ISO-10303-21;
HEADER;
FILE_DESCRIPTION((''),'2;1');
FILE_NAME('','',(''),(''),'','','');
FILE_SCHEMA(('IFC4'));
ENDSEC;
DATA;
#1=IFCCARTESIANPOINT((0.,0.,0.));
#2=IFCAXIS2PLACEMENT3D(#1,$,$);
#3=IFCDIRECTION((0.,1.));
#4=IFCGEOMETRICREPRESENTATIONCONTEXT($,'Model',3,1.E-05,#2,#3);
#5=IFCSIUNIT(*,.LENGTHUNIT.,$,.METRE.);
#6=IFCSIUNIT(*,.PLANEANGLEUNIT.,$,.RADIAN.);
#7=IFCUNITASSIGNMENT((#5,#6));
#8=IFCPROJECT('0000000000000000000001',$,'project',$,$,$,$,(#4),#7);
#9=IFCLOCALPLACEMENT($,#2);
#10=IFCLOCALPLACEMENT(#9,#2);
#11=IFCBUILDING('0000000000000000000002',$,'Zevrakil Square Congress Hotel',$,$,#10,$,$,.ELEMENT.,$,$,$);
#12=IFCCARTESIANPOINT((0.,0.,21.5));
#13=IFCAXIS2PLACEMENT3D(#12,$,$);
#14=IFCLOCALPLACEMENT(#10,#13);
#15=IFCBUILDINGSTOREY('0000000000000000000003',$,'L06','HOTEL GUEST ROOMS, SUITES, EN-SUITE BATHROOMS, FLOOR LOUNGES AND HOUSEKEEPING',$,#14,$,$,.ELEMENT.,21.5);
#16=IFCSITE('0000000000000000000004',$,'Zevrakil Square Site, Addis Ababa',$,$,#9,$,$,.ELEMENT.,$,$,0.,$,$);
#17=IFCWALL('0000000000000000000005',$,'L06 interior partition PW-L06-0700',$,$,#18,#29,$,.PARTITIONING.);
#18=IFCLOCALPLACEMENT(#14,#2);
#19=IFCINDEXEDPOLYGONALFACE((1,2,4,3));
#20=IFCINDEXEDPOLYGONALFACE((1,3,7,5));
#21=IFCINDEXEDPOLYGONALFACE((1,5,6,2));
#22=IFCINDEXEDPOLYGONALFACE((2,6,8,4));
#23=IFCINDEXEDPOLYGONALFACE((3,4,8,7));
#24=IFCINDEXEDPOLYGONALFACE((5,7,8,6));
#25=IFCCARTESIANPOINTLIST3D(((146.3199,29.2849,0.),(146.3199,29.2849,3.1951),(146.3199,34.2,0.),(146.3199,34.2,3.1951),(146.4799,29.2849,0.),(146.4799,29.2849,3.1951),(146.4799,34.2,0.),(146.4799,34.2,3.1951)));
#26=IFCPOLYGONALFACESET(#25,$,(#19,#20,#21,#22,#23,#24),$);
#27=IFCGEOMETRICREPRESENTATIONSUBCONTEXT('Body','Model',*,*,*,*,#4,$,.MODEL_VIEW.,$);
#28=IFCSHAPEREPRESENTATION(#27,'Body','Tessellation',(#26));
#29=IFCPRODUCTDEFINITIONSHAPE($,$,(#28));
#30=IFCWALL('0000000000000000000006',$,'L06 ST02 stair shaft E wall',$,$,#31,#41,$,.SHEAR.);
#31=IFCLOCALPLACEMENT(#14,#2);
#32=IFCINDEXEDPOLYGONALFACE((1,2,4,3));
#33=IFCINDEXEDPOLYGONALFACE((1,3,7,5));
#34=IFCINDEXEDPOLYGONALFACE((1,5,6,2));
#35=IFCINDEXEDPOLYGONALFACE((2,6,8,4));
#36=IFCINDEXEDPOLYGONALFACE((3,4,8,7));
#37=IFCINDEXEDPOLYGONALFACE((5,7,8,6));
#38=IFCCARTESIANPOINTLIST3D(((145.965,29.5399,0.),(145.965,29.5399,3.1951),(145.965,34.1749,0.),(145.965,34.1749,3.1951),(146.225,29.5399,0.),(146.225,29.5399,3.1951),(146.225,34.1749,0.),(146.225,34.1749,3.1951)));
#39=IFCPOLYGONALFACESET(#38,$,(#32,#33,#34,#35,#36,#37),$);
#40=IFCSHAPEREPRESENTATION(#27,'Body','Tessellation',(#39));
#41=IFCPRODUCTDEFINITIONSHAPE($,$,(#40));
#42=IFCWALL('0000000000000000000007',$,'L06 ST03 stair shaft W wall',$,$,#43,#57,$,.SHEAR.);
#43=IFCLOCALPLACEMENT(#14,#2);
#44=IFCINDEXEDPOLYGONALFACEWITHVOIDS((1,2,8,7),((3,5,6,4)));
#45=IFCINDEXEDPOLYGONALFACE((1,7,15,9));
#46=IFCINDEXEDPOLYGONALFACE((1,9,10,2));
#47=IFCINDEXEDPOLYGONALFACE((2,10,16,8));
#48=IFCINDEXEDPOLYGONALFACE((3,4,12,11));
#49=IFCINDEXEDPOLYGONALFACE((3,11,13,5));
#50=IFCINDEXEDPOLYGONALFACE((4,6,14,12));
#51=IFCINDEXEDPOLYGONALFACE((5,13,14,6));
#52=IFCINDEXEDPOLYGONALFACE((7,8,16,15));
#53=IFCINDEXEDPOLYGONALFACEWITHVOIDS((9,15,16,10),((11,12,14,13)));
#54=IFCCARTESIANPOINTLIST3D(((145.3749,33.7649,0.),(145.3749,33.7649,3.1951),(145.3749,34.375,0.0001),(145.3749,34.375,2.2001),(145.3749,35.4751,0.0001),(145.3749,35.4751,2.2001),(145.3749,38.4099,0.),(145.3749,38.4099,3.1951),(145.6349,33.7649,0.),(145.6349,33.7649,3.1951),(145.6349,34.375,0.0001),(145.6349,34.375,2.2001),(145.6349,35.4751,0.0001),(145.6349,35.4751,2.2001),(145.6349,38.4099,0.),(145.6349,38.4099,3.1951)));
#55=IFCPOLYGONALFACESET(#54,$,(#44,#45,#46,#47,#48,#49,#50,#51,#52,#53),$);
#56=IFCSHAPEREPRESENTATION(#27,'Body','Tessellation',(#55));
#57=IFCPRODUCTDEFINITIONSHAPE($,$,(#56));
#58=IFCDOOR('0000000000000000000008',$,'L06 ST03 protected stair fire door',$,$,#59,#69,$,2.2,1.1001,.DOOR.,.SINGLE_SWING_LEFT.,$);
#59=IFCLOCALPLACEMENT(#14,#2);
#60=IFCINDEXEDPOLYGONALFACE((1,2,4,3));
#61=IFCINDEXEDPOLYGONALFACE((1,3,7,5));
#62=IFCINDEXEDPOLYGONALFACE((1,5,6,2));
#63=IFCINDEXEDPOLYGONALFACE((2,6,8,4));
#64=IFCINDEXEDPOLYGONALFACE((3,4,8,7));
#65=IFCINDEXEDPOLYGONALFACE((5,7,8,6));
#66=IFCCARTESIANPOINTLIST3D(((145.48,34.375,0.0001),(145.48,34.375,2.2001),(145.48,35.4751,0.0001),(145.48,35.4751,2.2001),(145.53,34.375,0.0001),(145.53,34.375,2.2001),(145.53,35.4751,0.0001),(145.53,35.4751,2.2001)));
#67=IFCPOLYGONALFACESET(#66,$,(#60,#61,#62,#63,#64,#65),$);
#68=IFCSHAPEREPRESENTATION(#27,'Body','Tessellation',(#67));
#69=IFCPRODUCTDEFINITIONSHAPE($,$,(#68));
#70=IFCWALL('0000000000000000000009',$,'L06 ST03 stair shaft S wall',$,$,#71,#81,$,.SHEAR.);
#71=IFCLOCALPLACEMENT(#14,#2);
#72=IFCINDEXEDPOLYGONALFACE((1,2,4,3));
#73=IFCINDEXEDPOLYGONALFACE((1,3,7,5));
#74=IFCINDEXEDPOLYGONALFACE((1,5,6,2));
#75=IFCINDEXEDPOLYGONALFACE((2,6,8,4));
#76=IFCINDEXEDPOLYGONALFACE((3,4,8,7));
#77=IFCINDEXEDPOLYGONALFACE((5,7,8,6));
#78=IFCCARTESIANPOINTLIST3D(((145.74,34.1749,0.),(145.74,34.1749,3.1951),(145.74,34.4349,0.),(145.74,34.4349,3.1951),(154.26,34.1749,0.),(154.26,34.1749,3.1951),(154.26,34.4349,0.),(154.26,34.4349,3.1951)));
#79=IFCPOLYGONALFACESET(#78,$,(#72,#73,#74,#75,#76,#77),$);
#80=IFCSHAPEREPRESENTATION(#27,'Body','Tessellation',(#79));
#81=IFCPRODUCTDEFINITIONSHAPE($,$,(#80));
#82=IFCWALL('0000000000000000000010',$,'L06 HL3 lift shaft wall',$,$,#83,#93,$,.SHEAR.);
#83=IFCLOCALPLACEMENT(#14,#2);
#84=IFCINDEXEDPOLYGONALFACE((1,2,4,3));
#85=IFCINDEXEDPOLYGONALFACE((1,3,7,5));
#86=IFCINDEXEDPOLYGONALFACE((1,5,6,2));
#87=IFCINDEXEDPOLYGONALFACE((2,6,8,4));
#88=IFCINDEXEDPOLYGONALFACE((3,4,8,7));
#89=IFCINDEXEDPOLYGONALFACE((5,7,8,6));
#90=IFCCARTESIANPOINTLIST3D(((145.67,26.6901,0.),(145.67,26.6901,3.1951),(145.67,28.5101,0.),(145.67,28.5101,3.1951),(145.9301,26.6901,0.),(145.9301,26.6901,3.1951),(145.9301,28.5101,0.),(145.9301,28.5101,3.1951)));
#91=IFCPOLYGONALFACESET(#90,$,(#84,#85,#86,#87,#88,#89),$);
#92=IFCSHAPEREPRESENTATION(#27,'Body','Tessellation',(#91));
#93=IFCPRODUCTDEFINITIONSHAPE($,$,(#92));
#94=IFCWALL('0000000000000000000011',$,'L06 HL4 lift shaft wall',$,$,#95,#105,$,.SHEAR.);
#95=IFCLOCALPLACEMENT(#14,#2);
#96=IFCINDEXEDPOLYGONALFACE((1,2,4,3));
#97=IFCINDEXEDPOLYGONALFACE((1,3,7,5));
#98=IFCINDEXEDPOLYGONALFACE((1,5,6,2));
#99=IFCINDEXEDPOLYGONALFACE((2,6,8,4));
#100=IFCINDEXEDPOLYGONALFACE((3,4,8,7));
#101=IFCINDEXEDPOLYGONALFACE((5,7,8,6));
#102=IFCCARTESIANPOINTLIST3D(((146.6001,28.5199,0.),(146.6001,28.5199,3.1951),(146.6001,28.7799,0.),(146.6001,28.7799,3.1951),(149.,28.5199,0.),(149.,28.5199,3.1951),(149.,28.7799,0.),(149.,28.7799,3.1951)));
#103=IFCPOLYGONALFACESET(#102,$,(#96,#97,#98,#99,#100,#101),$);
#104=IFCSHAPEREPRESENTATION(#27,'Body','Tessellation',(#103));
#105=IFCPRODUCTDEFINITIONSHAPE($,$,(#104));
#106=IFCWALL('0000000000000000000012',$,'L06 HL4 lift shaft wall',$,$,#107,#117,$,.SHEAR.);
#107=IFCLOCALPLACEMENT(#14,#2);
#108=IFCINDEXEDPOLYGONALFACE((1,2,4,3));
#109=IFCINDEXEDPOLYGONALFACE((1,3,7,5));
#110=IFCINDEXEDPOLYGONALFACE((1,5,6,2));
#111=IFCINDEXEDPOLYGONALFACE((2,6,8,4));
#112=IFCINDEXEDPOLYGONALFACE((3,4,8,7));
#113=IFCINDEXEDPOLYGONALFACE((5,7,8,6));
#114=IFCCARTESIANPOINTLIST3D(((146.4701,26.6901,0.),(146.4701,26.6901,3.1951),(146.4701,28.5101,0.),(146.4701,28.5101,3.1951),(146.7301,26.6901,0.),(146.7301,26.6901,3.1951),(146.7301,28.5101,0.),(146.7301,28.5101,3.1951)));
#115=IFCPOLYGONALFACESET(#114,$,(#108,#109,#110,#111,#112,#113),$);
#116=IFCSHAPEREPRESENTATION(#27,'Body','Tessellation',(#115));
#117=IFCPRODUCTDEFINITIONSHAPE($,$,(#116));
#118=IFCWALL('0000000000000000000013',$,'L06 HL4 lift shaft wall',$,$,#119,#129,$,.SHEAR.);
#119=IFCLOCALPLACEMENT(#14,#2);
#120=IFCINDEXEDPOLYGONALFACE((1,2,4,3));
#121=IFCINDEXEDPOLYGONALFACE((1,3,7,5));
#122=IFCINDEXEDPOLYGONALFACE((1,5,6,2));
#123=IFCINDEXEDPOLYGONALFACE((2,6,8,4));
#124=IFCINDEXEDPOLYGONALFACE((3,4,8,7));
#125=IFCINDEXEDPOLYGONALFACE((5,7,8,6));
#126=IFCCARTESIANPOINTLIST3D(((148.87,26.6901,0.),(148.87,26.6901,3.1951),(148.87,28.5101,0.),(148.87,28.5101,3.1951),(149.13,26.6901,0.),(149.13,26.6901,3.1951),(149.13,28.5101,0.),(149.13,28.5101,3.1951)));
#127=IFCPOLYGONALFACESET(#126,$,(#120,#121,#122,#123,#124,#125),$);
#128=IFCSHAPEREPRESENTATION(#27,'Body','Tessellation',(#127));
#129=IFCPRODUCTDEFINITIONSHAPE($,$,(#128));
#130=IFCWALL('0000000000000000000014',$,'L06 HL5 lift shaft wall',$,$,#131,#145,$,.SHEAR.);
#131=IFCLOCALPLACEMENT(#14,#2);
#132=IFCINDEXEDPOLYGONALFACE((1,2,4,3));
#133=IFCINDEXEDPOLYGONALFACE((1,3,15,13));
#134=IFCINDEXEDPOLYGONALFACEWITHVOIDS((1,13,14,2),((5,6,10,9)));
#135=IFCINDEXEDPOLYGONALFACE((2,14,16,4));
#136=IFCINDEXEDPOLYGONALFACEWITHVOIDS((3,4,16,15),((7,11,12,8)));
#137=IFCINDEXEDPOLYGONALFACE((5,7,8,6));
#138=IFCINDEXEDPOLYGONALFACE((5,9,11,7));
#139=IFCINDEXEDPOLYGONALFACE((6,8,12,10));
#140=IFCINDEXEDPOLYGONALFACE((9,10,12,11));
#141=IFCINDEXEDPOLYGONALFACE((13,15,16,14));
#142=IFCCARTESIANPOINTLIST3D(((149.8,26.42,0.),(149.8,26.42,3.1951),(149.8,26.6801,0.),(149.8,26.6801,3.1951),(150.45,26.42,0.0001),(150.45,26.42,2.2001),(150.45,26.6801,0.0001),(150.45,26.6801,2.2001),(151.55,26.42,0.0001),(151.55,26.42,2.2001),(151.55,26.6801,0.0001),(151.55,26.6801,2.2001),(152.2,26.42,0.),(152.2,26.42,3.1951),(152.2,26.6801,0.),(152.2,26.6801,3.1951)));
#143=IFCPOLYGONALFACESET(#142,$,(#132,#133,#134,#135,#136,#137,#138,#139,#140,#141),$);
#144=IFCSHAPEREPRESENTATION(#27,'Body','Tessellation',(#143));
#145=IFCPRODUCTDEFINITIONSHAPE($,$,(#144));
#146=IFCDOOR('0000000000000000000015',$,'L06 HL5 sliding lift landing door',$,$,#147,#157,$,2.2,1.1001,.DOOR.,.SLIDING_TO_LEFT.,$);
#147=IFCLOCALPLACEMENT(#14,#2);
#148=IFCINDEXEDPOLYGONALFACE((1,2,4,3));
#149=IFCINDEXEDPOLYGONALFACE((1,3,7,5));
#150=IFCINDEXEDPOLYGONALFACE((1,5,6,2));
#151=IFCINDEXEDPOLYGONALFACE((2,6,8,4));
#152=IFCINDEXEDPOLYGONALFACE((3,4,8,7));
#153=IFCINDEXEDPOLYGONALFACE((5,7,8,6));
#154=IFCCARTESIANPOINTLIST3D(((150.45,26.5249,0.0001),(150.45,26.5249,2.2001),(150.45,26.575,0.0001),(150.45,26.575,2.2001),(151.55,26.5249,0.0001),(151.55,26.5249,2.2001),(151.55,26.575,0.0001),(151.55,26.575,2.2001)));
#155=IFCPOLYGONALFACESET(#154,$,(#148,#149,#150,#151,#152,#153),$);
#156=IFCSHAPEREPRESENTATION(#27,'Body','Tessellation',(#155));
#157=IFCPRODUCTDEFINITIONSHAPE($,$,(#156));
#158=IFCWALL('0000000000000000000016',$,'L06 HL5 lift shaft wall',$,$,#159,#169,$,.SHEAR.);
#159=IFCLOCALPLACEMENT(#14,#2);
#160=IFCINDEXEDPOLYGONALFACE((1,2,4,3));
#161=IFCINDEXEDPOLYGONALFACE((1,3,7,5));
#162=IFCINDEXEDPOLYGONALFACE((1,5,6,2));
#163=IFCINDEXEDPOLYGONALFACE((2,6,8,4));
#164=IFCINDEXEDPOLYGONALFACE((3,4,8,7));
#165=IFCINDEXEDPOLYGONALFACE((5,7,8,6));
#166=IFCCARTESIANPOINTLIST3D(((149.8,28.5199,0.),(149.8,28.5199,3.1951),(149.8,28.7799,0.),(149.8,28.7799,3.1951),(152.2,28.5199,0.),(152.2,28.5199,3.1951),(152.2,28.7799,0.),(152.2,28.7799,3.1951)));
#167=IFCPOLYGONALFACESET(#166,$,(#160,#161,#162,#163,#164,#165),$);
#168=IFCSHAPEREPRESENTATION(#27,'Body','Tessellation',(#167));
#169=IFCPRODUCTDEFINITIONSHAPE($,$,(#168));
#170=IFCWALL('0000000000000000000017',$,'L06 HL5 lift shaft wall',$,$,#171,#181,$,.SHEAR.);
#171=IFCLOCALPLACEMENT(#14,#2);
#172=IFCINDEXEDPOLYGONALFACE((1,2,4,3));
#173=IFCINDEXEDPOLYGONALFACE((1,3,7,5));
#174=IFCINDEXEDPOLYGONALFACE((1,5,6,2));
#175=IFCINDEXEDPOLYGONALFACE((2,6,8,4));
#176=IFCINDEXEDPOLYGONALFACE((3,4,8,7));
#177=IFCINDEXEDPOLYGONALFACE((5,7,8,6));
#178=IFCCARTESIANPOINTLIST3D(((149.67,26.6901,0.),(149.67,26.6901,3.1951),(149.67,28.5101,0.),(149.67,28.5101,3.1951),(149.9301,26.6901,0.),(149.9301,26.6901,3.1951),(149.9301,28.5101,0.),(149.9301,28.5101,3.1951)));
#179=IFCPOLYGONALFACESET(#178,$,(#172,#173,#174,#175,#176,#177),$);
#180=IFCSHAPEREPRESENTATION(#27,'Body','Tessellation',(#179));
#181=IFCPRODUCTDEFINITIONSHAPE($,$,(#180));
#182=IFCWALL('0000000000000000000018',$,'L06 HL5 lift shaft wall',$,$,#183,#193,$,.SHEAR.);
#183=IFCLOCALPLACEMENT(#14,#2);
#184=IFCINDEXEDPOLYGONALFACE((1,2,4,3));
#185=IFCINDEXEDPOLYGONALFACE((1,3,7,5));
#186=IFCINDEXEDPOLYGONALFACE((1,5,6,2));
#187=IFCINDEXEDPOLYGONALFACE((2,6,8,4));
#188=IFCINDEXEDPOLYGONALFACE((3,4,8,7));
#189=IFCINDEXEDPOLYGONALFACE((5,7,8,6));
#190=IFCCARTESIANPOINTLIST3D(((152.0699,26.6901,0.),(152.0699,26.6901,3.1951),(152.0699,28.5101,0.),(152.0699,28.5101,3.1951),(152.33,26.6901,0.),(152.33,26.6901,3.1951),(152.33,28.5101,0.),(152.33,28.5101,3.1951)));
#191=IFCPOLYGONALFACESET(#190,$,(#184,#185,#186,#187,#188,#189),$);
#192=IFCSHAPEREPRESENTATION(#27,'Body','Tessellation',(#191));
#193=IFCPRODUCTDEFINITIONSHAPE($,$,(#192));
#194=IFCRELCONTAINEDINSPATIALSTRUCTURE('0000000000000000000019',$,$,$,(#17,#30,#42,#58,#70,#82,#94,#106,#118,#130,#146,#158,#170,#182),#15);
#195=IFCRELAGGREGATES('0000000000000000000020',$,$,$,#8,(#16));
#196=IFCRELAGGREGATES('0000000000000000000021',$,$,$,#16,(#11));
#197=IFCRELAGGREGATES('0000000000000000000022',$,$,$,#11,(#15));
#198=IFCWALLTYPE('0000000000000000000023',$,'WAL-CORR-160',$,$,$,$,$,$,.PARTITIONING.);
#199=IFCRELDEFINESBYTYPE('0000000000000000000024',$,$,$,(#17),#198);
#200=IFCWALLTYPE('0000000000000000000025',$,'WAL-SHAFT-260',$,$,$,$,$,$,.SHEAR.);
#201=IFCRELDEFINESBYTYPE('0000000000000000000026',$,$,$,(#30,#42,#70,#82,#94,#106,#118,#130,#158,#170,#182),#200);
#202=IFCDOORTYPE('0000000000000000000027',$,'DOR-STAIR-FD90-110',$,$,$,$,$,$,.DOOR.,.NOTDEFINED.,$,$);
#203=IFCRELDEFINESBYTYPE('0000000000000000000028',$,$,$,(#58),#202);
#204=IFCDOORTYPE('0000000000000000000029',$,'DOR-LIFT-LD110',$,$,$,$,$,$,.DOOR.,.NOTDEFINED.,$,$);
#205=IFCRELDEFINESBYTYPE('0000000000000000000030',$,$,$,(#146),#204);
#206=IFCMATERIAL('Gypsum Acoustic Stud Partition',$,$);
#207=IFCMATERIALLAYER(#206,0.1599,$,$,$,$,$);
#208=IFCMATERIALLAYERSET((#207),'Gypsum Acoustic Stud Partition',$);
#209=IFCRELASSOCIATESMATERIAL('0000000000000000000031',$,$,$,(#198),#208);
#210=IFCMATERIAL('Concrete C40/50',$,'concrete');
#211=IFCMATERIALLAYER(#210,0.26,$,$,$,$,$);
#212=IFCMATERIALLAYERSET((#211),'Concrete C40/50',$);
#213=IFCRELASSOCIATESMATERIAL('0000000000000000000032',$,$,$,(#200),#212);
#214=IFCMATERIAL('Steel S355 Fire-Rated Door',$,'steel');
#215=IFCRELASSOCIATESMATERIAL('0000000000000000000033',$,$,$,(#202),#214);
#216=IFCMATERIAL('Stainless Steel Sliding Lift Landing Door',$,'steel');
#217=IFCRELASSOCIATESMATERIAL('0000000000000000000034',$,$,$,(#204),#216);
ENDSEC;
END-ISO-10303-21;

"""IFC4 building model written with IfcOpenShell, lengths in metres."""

from ifc_helpers import new_model, si_unit, direction, frame, frame_2d, origin, place, context, subcontext, project, spatial, rectangle, extrude, material, layer, layer_set, type_object, element, fill, save


model = new_model("IFC4")

# Units and contexts
model_context = context("Model", 3, precision=1e-05, world=origin(), true_north=direction((0.0, 1.0)))
body_context = subcontext(model_context, "Body", "Model", "MODEL_VIEW")
ifc_project = project(units=[si_unit("LENGTHUNIT", "METRE"), si_unit("PLANEANGLEUNIT", "RADIAN")], contexts=[model_context])

# Site, building, storey
site_placement = place(None, origin())
site = spatial("IfcSite", under=ifc_project, at=site_placement, Name="Zevrakil Square Site, Addis Ababa", CompositionType="ELEMENT", RefElevation=0.0)
building_placement = place(site_placement, origin())
building = spatial("IfcBuilding", under=site, at=building_placement, Name="Zevrakil Square Congress Hotel", CompositionType="ELEMENT")
storey_placement = place(building_placement, frame((0.0, 0.0, 21.5)))
storey = spatial("IfcBuildingStorey", under=building, at=storey_placement, Name="L06", Description="HOTEL GUEST ROOMS, SUITES, EN-SUITE BATHROOMS, FLOOR LOUNGES AND HOUSEKEEPING", CompositionType="ELEMENT", Elevation=21.5)

# Walls
ifc_material_1 = material(Name="Gypsum Acoustic Stud Partition")
ifc_layer_1 = layer(ifc_material_1, 0.1599)
ifc_layer_set_1 = layer_set([ifc_layer_1], Name="Gypsum Acoustic Stud Partition")
wall_type_1 = type_object("IfcWallType", Name="WAL-CORR-160", PredefinedType="PARTITIONING", material=ifc_layer_set_1)
wall_1_placement = place(storey_placement, frame((146.3999, 29.2849, 0.0), z_axis=(0.0, 0.0, 1.0), x_axis=(0.0, 1.0, 0.0)))
element("IfcWall", 1, at=wall_1_placement, inside=storey, type_object=wall_type_1, Name="L06 interior partition PW-L06-0700", PredefinedType="PARTITIONING", context=body_context, shape_type="SweptSolid", body=[
    extrude(rectangle(XDim=4.915, YDim=0.1599, at=frame_2d((2.4575, 0.0))), origin(), (0.0, 0.0, 1.0), 3.1951),
])
ifc_material_2 = material(Name="Concrete C40/50", Category="concrete")
ifc_layer_2 = layer(ifc_material_2, 0.26)
ifc_layer_set_2 = layer_set([ifc_layer_2], Name="Concrete C40/50")
wall_type_2 = type_object("IfcWallType", Name="WAL-SHAFT-260", PredefinedType="SHEAR", material=ifc_layer_set_2)
wall_2_placement = place(storey_placement, frame((146.095, 29.54, 0.0), z_axis=(0.0, 0.0, 1.0), x_axis=(0.0, 1.0, 0.0)))
element("IfcWall", 2, at=wall_2_placement, inside=storey, type_object=wall_type_2, Name="L06 ST02 stair shaft E wall", PredefinedType="SHEAR", context=body_context, shape_type="SweptSolid", body=[
    extrude(rectangle(XDim=4.635, YDim=0.26, at=frame_2d((2.3174, 0.0))), origin(), (0.0, 0.0, 1.0), 3.1951),
])

# Wall, opening, door
wall_3_placement = place(storey_placement, frame((145.5049, 33.7649, 0.0), z_axis=(0.0, 0.0, 1.0), x_axis=(0.0, 1.0, 0.0)))
wall_3 = element("IfcWall", 3, at=wall_3_placement, inside=storey, type_object=wall_type_2, Name="L06 ST03 stair shaft W wall", PredefinedType="SHEAR", context=body_context, shape_type="SweptSolid", body=[
    extrude(rectangle(XDim=4.645, YDim=0.26, at=frame_2d((2.3225, 0.0))), origin(), (0.0, 0.0, 1.0), 3.1951),
])
opening_1_placement = place(wall_3_placement, frame((0.6101, 0.0, 0.0)))
opening_1 = element("IfcOpeningElement", 4, at=opening_1_placement, cuts=wall_3, PredefinedType="OPENING", context=body_context, shape_type="SweptSolid", body=[
    extrude(rectangle(XDim=1.1001, YDim=2.2, at=frame_2d((0.55, 1.1001))), frame((0.0, 0.1401, 0.0), z_axis=(0.0, -1.0, 0.0), x_axis=(1.0, 0.0, 0.0)), (0.0, 0.0, 1.0), 0.28),
])
ifc_material_3 = material(Name="Steel S355 Fire-Rated Door", Category="steel")
door_type_1 = type_object("IfcDoorType", Name="DOR-STAIR-FD90-110", OperationType="NOTDEFINED", PredefinedType="DOOR", material=ifc_material_3)
door_1_placement = place(opening_1_placement, origin())
door_1 = element("IfcDoor", 5, at=door_1_placement, inside=storey, type_object=door_type_1, Name="L06 ST03 protected stair fire door", OperationType="SINGLE_SWING_LEFT", OverallHeight=2.2, OverallWidth=1.1001, PredefinedType="DOOR", context=body_context, shape_type="SweptSolid", body=[
    extrude(rectangle(XDim=1.1001, YDim=2.2, at=frame_2d((0.55, 1.1001))), frame((0.0, 0.0249, 0.0), z_axis=(0.0, -1.0, 0.0), x_axis=(1.0, 0.0, 0.0)), (0.0, 0.0, 1.0), 0.05),
])
fill(opening_1, door_1)

# Walls
wall_4_placement = place(storey_placement, frame((145.74, 34.3049, 0.0), z_axis=(0.0, 0.0, 1.0), x_axis=(1.0, 0.0, 0.0)))
element("IfcWall", 6, at=wall_4_placement, inside=storey, type_object=wall_type_2, Name="L06 ST03 stair shaft S wall", PredefinedType="SHEAR", context=body_context, shape_type="SweptSolid", body=[
    extrude(rectangle(XDim=8.52, YDim=0.26, at=frame_2d((4.26, 0.0))), origin(), (0.0, 0.0, 1.0), 3.1951),
])
wall_5_placement = place(storey_placement, frame((145.8, 26.6899, 0.0), z_axis=(0.0, 0.0, 1.0), x_axis=(0.0, 1.0, 0.0)))
element("IfcWall", 7, at=wall_5_placement, inside=storey, type_object=wall_type_2, Name="L06 HL3 lift shaft wall", PredefinedType="SHEAR", context=body_context, shape_type="SweptSolid", body=[
    extrude(rectangle(XDim=1.8201, YDim=0.26, at=frame_2d((0.9102, 0.0))), origin(), (0.0, 0.0, 1.0), 3.1951),
])
wall_6_placement = place(storey_placement, frame((146.6001, 28.6499, 0.0), z_axis=(0.0, 0.0, 1.0), x_axis=(1.0, 0.0, 0.0)))
element("IfcWall", 8, at=wall_6_placement, inside=storey, type_object=wall_type_2, Name="L06 HL4 lift shaft wall", PredefinedType="SHEAR", context=body_context, shape_type="SweptSolid", body=[
    extrude(rectangle(XDim=2.3999, YDim=0.26, at=frame_2d((1.2, 0.0))), origin(), (0.0, 0.0, 1.0), 3.1951),
])
for number, where, z_axis, x_axis, name in (
    (9, (146.6001, 26.6899, 0.0), (0.0, 0.0, 1.0), (0.0, 1.0, 0.0), "L06 HL4 lift shaft wall"),
    (10, (149.0, 26.6899, 0.0), (0.0, 0.0, 1.0), (0.0, 1.0, 0.0), "L06 HL4 lift shaft wall"),
):
    element("IfcWall", number, at=place(storey_placement, frame(where, z_axis=z_axis, x_axis=x_axis)), inside=storey, type_object=wall_type_2, Name=name, PredefinedType="SHEAR", context=body_context, shape_type="SweptSolid", body=[
        extrude(rectangle(XDim=1.8201, YDim=0.26, at=frame_2d((0.9102, 0.0))), origin(), (0.0, 0.0, 1.0), 3.1951),
    ])

# Wall, opening, door
wall_7_placement = place(storey_placement, frame((149.8, 26.55, 0.0), z_axis=(0.0, 0.0, 1.0), x_axis=(1.0, 0.0, 0.0)))
wall_7 = element("IfcWall", 11, at=wall_7_placement, inside=storey, type_object=wall_type_2, Name="L06 HL5 lift shaft wall", PredefinedType="SHEAR", context=body_context, shape_type="SweptSolid", body=[
    extrude(rectangle(XDim=2.3999, YDim=0.26, at=frame_2d((1.2, 0.0))), origin(), (0.0, 0.0, 1.0), 3.1951),
])
opening_2_placement = place(wall_7_placement, frame((0.6499, 0.0, 0.0)))
opening_2 = element("IfcOpeningElement", 12, at=opening_2_placement, cuts=wall_7, PredefinedType="OPENING", context=body_context, shape_type="SweptSolid", body=[
    extrude(rectangle(XDim=1.1001, YDim=2.2, at=frame_2d((0.55, 1.1001))), frame((0.0, 0.1401, 0.0), z_axis=(0.0, -1.0, 0.0), x_axis=(1.0, 0.0, 0.0)), (0.0, 0.0, 1.0), 0.28),
])
ifc_material_4 = material(Name="Stainless Steel Sliding Lift Landing Door", Category="steel")
door_type_2 = type_object("IfcDoorType", Name="DOR-LIFT-LD110", OperationType="NOTDEFINED", PredefinedType="DOOR", material=ifc_material_4)
door_2_placement = place(opening_2_placement, origin())
door_2 = element("IfcDoor", 13, at=door_2_placement, inside=storey, type_object=door_type_2, Name="L06 HL5 sliding lift landing door", OperationType="SLIDING_TO_LEFT", OverallHeight=2.2, OverallWidth=1.1001, PredefinedType="DOOR", context=body_context, shape_type="SweptSolid", body=[
    extrude(rectangle(XDim=1.1001, YDim=2.2, at=frame_2d((0.55, 1.1001))), frame((0.0, 0.0249, 0.0), z_axis=(0.0, -1.0, 0.0), x_axis=(1.0, 0.0, 0.0)), (0.0, 0.0, 1.0), 0.05),
])
fill(opening_2, door_2)

# Walls
wall_8_placement = place(storey_placement, frame((149.8, 28.6499, 0.0), z_axis=(0.0, 0.0, 1.0), x_axis=(1.0, 0.0, 0.0)))
element("IfcWall", 14, at=wall_8_placement, inside=storey, type_object=wall_type_2, Name="L06 HL5 lift shaft wall", PredefinedType="SHEAR", context=body_context, shape_type="SweptSolid", body=[
    extrude(rectangle(XDim=2.3999, YDim=0.26, at=frame_2d((1.2, 0.0))), origin(), (0.0, 0.0, 1.0), 3.1951),
])
for number, where, z_axis, x_axis, name in (
    (15, (149.8, 26.6899, 0.0), (0.0, 0.0, 1.0), (0.0, 1.0, 0.0), "L06 HL5 lift shaft wall"),
    (16, (152.2, 26.6899, 0.0), (0.0, 0.0, 1.0), (0.0, 1.0, 0.0), "L06 HL5 lift shaft wall"),
):
    element("IfcWall", number, at=place(storey_placement, frame(where, z_axis=z_axis, x_axis=x_axis)), inside=storey, type_object=wall_type_2, Name=name, PredefinedType="SHEAR", context=body_context, shape_type="SweptSolid", body=[
        extrude(rectangle(XDim=1.8201, YDim=0.26, at=frame_2d((0.9102, 0.0))), origin(), (0.0, 0.0, 1.0), 3.1951),
    ])

save(model, "model.ifc")
